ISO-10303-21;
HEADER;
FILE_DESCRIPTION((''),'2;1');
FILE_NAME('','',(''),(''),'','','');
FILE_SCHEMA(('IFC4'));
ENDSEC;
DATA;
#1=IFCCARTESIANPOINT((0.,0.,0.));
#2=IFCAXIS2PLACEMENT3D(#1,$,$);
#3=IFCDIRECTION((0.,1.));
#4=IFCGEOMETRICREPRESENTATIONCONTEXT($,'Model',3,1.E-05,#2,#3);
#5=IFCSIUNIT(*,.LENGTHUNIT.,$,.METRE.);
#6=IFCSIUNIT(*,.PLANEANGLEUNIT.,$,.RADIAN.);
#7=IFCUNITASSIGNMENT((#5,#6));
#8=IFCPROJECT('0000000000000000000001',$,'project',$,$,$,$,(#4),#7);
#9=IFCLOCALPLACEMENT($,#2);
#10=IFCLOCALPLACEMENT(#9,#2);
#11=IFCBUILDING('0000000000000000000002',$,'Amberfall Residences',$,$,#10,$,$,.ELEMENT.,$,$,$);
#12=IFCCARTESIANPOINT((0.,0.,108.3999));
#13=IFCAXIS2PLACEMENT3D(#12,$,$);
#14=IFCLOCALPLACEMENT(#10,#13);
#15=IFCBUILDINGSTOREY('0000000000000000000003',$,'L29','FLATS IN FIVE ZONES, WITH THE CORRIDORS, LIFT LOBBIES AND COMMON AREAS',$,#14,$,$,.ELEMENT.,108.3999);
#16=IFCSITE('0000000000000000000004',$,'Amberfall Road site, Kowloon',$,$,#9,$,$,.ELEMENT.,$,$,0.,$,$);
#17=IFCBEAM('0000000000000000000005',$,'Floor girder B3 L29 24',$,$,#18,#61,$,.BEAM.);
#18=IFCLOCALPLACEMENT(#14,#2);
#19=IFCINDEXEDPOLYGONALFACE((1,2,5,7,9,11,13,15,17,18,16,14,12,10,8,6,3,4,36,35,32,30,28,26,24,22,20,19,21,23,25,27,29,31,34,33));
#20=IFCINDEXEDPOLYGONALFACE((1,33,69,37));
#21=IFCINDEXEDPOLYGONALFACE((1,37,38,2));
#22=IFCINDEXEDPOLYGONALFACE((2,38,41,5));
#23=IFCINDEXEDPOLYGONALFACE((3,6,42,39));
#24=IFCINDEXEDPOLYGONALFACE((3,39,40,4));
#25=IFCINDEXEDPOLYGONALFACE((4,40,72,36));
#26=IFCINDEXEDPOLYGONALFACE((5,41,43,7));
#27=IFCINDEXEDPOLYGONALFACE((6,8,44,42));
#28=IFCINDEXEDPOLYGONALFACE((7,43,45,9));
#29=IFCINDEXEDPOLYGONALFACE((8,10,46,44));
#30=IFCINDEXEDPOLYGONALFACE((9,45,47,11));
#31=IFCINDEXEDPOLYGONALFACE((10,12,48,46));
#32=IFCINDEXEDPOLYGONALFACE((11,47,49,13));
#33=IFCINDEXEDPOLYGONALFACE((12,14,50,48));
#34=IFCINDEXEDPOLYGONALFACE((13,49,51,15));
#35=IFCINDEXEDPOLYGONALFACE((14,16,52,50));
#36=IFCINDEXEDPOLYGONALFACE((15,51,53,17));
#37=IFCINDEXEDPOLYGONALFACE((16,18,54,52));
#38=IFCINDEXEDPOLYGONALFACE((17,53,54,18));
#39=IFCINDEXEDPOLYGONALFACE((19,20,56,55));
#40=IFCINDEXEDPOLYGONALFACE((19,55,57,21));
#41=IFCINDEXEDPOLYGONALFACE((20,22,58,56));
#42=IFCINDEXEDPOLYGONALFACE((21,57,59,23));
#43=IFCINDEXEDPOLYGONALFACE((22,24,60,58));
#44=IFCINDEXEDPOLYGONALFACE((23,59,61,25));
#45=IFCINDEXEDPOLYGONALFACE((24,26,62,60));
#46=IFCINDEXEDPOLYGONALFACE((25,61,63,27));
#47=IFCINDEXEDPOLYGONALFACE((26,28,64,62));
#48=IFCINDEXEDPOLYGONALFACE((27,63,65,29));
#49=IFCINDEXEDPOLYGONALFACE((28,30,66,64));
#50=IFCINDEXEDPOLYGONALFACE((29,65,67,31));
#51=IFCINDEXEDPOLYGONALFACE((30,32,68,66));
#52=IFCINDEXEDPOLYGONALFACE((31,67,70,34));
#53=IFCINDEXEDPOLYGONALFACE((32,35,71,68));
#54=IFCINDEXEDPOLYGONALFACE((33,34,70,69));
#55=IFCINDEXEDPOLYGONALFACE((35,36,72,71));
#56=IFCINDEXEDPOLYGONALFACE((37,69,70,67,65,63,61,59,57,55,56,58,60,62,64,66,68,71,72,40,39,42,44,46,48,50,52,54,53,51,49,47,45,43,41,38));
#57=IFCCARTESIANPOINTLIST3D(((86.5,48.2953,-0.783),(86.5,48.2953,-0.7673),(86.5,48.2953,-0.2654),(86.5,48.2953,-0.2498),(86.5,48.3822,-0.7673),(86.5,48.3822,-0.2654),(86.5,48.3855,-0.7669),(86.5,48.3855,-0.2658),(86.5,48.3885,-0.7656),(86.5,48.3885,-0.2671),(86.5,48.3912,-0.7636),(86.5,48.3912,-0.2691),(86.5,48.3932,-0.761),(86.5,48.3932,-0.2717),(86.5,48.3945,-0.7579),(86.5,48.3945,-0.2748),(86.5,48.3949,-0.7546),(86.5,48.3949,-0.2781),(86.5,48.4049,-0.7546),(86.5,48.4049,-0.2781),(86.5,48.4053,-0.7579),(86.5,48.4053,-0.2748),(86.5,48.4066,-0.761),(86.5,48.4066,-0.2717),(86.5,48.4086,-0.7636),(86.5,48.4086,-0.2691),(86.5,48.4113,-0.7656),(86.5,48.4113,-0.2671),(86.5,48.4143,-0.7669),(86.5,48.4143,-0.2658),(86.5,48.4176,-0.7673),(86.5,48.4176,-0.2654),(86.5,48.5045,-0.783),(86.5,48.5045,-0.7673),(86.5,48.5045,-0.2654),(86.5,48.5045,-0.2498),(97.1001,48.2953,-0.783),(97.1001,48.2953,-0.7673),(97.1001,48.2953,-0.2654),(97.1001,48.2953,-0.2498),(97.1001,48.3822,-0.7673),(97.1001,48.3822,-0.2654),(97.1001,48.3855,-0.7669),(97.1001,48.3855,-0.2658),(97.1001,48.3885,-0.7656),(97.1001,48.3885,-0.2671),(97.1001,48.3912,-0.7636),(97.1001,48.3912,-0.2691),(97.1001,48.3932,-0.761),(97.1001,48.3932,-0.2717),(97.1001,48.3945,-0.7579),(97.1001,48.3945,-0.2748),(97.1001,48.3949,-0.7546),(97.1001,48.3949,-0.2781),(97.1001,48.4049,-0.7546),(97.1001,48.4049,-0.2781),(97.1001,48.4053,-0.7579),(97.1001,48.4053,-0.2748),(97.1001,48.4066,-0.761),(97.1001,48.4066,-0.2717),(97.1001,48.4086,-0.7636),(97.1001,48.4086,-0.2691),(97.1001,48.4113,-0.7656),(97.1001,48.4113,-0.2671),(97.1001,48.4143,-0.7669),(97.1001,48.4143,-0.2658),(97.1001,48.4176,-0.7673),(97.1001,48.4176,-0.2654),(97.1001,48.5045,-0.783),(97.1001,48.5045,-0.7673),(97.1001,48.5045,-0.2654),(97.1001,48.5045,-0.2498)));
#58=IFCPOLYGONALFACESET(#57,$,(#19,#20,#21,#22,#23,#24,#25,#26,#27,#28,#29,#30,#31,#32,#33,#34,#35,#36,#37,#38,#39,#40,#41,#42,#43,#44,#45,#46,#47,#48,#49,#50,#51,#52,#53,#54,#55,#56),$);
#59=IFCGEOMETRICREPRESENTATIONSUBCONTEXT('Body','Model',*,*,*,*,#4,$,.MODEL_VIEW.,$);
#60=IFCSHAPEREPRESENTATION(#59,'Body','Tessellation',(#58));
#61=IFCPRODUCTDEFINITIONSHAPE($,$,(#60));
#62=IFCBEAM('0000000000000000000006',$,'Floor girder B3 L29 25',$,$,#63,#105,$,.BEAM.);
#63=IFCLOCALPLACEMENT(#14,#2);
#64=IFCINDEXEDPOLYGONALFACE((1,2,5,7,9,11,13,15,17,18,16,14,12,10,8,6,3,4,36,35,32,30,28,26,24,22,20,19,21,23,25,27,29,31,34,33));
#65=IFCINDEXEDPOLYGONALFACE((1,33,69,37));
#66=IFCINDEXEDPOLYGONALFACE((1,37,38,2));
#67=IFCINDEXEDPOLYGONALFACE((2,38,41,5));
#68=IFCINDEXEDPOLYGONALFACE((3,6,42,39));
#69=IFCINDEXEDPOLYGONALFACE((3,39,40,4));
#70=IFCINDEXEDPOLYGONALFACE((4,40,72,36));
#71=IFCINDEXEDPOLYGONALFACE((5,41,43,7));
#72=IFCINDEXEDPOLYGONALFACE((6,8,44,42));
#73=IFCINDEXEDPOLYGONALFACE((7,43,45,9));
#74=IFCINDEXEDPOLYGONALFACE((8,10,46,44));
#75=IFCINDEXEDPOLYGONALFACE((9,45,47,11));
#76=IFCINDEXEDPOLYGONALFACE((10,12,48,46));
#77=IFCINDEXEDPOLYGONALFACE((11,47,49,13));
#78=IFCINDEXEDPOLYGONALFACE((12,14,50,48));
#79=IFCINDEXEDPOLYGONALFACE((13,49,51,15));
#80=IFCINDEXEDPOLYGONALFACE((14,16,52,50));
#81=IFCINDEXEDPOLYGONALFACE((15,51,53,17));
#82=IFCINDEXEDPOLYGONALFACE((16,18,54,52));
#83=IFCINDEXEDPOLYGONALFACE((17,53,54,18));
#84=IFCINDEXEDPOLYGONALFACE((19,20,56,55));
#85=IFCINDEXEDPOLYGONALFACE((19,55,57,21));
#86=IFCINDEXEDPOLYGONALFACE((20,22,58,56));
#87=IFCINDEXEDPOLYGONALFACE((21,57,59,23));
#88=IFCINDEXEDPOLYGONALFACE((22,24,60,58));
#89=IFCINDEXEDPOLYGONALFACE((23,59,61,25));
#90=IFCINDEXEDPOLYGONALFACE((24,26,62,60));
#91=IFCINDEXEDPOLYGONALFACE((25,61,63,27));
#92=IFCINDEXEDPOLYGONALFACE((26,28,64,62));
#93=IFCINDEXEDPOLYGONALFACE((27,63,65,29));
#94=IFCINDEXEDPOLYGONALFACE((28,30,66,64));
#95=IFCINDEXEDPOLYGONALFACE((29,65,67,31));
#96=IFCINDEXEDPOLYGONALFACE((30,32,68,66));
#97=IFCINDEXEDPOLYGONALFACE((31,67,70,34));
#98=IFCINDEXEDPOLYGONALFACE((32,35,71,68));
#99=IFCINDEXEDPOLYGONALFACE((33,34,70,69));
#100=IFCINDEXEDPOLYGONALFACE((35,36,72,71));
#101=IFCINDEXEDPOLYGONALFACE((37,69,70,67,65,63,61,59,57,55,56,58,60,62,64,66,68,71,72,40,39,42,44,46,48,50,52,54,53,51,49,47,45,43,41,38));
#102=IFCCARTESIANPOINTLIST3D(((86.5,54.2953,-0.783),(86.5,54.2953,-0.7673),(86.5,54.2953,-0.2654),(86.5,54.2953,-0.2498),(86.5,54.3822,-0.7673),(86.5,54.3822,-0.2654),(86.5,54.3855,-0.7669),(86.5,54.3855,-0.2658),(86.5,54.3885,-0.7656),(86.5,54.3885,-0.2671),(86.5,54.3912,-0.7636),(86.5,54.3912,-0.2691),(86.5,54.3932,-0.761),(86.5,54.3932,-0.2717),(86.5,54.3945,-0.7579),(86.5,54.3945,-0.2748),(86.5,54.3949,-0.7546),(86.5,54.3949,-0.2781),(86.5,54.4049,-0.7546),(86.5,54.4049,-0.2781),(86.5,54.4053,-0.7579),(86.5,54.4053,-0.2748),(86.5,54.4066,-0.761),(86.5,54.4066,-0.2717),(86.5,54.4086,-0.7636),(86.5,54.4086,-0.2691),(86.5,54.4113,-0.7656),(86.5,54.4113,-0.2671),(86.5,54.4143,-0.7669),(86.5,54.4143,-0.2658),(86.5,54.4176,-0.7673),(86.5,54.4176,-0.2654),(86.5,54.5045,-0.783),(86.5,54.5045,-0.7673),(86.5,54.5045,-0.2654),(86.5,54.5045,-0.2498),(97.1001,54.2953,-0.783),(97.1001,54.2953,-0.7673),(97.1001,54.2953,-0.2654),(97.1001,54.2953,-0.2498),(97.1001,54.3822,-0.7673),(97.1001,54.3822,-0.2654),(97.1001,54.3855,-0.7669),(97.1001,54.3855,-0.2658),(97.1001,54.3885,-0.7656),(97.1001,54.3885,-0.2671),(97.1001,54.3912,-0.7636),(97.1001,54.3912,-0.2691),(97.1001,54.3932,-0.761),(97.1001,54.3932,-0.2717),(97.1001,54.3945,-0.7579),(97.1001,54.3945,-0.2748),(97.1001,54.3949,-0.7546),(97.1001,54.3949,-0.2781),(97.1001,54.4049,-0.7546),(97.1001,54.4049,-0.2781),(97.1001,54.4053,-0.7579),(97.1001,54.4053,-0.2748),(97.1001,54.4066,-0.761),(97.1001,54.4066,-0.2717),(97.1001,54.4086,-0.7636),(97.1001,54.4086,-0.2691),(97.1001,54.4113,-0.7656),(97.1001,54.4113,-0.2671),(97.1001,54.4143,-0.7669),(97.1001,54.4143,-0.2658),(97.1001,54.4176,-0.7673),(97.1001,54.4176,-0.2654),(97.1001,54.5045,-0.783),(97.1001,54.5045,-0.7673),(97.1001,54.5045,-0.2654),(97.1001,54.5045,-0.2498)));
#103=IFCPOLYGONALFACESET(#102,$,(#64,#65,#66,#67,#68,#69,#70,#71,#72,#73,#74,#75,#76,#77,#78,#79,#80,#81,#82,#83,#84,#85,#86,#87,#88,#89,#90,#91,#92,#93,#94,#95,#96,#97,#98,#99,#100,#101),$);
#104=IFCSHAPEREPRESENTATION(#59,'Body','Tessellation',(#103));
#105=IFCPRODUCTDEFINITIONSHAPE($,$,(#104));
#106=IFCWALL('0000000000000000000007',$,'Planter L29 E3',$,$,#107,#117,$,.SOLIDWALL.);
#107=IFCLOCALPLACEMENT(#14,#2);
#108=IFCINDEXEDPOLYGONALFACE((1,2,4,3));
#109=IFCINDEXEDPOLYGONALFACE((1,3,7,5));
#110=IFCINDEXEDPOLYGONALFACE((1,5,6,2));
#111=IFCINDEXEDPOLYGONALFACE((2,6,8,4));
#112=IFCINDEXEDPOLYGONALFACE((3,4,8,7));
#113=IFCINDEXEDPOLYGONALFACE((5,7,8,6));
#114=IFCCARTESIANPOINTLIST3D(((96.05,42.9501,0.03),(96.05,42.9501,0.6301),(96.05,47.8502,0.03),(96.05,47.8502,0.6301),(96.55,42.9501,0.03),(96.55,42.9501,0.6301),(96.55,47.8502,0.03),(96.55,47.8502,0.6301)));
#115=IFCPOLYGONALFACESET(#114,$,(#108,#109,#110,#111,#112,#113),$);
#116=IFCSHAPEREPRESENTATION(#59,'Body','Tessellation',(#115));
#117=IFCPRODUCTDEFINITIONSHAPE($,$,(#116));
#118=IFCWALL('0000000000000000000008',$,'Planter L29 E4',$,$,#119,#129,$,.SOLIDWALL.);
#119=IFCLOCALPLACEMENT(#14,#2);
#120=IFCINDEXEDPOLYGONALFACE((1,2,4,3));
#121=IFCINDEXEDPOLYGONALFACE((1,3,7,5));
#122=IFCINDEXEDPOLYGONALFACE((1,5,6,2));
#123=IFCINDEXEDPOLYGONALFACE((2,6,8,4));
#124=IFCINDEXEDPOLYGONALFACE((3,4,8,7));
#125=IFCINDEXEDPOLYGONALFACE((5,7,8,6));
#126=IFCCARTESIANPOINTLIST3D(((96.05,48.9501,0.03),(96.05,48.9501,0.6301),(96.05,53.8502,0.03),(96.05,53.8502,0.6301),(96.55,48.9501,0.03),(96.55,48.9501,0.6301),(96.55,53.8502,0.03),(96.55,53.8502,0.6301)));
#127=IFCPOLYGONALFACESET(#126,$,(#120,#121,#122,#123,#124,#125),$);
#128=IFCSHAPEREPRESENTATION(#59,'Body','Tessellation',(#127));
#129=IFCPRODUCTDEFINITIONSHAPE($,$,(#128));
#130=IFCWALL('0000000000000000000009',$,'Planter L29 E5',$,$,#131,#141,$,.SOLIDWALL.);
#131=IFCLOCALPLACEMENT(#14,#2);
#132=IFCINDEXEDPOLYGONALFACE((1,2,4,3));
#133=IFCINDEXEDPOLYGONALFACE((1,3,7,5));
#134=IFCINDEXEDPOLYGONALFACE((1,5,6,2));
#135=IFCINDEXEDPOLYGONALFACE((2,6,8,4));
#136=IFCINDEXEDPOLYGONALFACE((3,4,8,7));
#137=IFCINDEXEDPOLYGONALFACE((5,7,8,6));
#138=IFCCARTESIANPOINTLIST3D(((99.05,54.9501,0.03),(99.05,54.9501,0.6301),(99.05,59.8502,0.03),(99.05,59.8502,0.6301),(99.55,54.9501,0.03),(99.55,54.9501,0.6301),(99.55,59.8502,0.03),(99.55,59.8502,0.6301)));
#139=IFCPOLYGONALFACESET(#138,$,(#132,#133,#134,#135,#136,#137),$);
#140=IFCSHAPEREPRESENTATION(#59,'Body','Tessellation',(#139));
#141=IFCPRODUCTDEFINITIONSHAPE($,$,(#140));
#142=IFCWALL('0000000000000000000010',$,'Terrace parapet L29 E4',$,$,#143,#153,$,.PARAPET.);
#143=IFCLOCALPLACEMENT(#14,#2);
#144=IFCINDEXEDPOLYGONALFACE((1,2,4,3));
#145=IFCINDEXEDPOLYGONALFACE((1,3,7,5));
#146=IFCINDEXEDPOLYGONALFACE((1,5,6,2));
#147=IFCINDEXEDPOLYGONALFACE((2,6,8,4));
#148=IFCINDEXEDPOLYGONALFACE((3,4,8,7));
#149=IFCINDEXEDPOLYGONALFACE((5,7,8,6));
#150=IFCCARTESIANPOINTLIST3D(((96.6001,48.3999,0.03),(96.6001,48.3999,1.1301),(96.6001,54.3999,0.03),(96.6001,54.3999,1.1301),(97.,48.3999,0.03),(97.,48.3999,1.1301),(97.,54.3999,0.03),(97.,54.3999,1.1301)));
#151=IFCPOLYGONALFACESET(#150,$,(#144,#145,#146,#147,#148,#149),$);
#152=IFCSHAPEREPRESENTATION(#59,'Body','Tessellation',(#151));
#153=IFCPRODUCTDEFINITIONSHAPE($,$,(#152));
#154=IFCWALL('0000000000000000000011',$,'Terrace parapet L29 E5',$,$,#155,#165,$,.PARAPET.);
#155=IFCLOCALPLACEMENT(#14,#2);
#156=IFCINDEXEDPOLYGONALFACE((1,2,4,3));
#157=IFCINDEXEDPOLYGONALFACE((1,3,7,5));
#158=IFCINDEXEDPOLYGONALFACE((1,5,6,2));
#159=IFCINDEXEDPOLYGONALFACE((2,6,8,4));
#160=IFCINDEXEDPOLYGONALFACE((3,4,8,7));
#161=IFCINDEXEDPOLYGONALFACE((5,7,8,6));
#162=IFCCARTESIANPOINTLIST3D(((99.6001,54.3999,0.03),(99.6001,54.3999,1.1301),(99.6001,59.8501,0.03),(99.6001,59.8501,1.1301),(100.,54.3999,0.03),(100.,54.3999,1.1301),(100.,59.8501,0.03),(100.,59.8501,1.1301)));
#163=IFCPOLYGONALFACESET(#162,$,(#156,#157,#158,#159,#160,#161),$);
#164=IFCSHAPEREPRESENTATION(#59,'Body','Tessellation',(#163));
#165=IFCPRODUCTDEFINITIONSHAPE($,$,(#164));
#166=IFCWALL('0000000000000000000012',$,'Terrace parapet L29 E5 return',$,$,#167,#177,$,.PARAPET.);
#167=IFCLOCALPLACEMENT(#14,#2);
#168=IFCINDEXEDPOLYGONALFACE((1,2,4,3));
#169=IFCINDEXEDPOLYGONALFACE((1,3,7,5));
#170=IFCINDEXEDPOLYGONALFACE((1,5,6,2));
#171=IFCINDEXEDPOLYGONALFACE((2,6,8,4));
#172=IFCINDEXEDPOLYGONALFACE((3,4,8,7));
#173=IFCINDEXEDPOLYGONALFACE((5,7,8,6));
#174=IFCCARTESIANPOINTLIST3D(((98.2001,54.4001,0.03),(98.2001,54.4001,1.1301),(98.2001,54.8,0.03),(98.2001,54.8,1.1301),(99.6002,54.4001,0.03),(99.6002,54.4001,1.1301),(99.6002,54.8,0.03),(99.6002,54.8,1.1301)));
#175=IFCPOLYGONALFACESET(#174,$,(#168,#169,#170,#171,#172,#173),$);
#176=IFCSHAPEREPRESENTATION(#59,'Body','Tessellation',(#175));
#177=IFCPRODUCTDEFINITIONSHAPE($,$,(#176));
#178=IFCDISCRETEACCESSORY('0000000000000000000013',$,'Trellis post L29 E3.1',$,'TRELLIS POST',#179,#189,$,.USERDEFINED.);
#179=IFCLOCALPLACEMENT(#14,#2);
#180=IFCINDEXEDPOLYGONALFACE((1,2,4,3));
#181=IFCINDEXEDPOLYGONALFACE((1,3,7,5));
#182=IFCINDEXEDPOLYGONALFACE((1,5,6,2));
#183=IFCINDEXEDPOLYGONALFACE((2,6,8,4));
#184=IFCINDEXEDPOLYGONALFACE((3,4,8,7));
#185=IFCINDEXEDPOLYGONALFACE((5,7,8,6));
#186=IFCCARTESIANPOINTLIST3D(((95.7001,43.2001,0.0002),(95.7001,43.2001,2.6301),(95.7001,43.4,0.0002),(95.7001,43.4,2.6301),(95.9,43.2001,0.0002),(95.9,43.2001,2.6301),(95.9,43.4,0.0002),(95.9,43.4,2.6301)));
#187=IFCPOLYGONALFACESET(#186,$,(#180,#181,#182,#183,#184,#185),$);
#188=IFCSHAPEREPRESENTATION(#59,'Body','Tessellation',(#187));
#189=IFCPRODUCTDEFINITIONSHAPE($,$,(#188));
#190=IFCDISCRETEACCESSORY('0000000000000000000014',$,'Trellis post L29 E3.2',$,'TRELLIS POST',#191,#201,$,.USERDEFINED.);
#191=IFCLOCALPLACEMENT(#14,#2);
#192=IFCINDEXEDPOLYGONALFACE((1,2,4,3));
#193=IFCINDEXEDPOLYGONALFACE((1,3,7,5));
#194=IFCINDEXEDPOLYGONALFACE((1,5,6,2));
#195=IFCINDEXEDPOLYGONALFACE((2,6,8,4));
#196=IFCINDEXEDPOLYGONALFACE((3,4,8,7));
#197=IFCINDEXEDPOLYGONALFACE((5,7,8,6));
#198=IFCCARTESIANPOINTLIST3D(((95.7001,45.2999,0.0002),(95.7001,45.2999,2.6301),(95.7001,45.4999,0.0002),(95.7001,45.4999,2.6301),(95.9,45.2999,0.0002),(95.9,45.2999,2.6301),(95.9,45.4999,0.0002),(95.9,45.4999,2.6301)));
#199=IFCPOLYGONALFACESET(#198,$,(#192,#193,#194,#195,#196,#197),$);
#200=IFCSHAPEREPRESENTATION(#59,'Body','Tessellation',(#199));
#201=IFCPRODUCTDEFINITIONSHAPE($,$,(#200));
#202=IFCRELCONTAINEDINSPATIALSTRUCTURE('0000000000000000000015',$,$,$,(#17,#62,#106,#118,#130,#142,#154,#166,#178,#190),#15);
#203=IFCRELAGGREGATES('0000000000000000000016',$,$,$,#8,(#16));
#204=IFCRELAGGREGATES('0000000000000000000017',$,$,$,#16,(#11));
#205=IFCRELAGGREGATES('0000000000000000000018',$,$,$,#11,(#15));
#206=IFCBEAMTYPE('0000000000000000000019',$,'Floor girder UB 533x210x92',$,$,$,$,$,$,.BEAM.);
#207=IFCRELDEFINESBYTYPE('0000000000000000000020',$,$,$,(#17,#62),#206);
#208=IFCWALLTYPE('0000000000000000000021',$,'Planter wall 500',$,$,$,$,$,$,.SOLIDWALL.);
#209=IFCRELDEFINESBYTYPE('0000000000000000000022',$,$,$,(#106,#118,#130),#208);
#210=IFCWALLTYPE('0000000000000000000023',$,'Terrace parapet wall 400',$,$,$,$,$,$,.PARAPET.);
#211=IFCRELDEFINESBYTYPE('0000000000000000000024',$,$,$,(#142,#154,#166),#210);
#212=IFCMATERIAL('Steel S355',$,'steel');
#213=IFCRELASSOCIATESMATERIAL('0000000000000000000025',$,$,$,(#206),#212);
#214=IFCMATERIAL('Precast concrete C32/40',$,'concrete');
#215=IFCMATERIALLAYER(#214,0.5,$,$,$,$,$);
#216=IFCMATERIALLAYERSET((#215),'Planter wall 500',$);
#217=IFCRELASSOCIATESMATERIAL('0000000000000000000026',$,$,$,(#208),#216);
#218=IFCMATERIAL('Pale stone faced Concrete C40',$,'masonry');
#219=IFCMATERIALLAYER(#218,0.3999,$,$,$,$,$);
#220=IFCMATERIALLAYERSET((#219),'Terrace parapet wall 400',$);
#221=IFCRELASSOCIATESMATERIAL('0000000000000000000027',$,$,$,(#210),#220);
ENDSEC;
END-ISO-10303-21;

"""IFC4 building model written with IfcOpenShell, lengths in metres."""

from ifc_helpers import new_model, si_unit, direction, frame, frame_2d, origin, origin_2d, place, context, subcontext, project, spatial, rectangle, i_section, extrude, material, layer, layer_set, material_profile, profile_set, type_object, element, save


model = new_model("IFC4")

# Units and contexts
model_context = context("Model", 3, precision=1e-05, world=origin(), true_north=direction((0.0, 1.0)))
body_context = subcontext(model_context, "Body", "Model", "MODEL_VIEW")
ifc_project = project(units=[si_unit("LENGTHUNIT", "METRE"), si_unit("PLANEANGLEUNIT", "RADIAN")], contexts=[model_context])

# Site, building, storey
site_placement = place(None, origin())
site = spatial("IfcSite", under=ifc_project, at=site_placement, Name="Amberfall Road site, Kowloon", CompositionType="ELEMENT", RefElevation=0.0)
building_placement = place(site_placement, origin())
building = spatial("IfcBuilding", under=site, at=building_placement, Name="Amberfall Residences", CompositionType="ELEMENT")
storey_placement = place(building_placement, frame((0.0, 0.0, 108.3999)))
storey = spatial("IfcBuildingStorey", under=building, at=storey_placement, Name="L29", Description="FLATS IN FIVE ZONES, WITH THE CORRIDORS, LIFT LOBBIES AND COMMON AREAS", CompositionType="ELEMENT", Elevation=108.3999)

# Beams
ifc_material_1 = material(Name="Steel S355", Category="steel")
ifc_material_profile_1 = material_profile(ifc_material_1, i_section(OverallWidth=0.2092, OverallDepth=0.5332, WebThickness=0.01, FlangeThickness=0.0156, FilletRadius=0.0127, at=origin_2d()), Name="UB 533x210x92")
ifc_profile_set_1 = profile_set([ifc_material_profile_1], Name="Steel S355")
beam_type_1 = type_object("IfcBeamType", Name="Floor girder UB 533x210x92", PredefinedType="BEAM", material=ifc_profile_set_1)
for number, where, z_axis, x_axis, name in (
    (1, (97.1001, 48.3999, -0.5164), (-1.0, 0.0, 0.0), (0.0, -1.0, 0.0), "Floor girder B3 L29 24"),
    (2, (97.1001, 54.3999, -0.5164), (-1.0, 0.0, 0.0), (0.0, -1.0, 0.0), "Floor girder B3 L29 25"),
):
    element("IfcBeam", number, at=place(storey_placement, frame(where, z_axis=z_axis, x_axis=x_axis)), inside=storey, type_object=beam_type_1, Name=name, PredefinedType="BEAM", context=body_context, shape_type="SweptSolid", body=[
        extrude(i_section(OverallWidth=0.2092, OverallDepth=0.5332, WebThickness=0.01, FlangeThickness=0.0156, FilletRadius=0.0127, at=origin_2d()), origin(), (0.0, 0.0, 1.0), 10.6001),
    ])

# Walls
ifc_material_2 = material(Name="Precast concrete C32/40", Category="concrete")
ifc_layer_1 = layer(ifc_material_2, 0.5)
ifc_layer_set_1 = layer_set([ifc_layer_1], Name="Planter wall 500")
wall_type_1 = type_object("IfcWallType", Name="Planter wall 500", PredefinedType="SOLIDWALL", material=ifc_layer_set_1)
for number, where, z_axis, x_axis, name in (
    (3, (96.3, 42.95, 0.03), (0.0, 0.0, 1.0), (0.0, 1.0, 0.0), "Planter L29 E3"),
    (4, (96.3, 48.95, 0.03), (0.0, 0.0, 1.0), (0.0, 1.0, 0.0), "Planter L29 E4"),
    (5, (99.3, 54.95, 0.03), (0.0, 0.0, 1.0), (0.0, 1.0, 0.0), "Planter L29 E5"),
):
    element("IfcWall", number, at=place(storey_placement, frame(where, z_axis=z_axis, x_axis=x_axis)), inside=storey, type_object=wall_type_1, Name=name, PredefinedType="SOLIDWALL", context=body_context, shape_type="SweptSolid", body=[
        extrude(rectangle(XDim=4.9001, YDim=0.5, at=frame_2d((2.4502, 0.0))), origin(), (0.0, 0.0, 1.0), 0.6001),
    ])
ifc_material_3 = material(Name="Pale stone faced Concrete C40", Category="masonry")
ifc_layer_2 = layer(ifc_material_3, 0.3999)
ifc_layer_set_2 = layer_set([ifc_layer_2], Name="Terrace parapet wall 400")
wall_type_2 = type_object("IfcWallType", Name="Terrace parapet wall 400", PredefinedType="PARAPET", material=ifc_layer_set_2)
wall_1_placement = place(storey_placement, frame((96.8, 48.3999, 0.03), z_axis=(0.0, 0.0, 1.0), x_axis=(0.0, 1.0, 0.0)))
element("IfcWall", 6, at=wall_1_placement, inside=storey, type_object=wall_type_2, Name="Terrace parapet L29 E4", PredefinedType="PARAPET", context=body_context, shape_type="SweptSolid", body=[
    extrude(rectangle(XDim=6.0, YDim=0.3999, at=frame_2d((3.0, 0.0))), origin(), (0.0, 0.0, 1.0), 1.1001),
])
wall_2_placement = place(storey_placement, frame((99.8, 54.3999, 0.03), z_axis=(0.0, 0.0, 1.0), x_axis=(0.0, 1.0, 0.0)))
element("IfcWall", 7, at=wall_2_placement, inside=storey, type_object=wall_type_2, Name="Terrace parapet L29 E5", PredefinedType="PARAPET", context=body_context, shape_type="SweptSolid", body=[
    extrude(rectangle(XDim=5.4502, YDim=0.3999, at=frame_2d((2.7251, 0.0))), origin(), (0.0, 0.0, 1.0), 1.1001),
])
wall_3_placement = place(storey_placement, frame((98.2, 54.6001, 0.03), z_axis=(0.0, 0.0, 1.0), x_axis=(1.0, 0.0, 0.0)))
element("IfcWall", 8, at=wall_3_placement, inside=storey, type_object=wall_type_2, Name="Terrace parapet L29 E5 return", PredefinedType="PARAPET", context=body_context, shape_type="SweptSolid", body=[
    extrude(rectangle(XDim=1.4001, YDim=0.3999, at=frame_2d((0.7002, 0.0))), origin(), (0.0, 0.0, 1.0), 1.1001),
])

# Discrete accessories
for number, where, z_axis, x_axis, name in (
    (9, (95.8, 43.3, 0.0002), (0.0, 0.0, 1.0), (1.0, 0.0, 0.0), "Trellis post L29 E3.1"),
    (10, (95.8, 45.3999, 0.0002), (0.0, 0.0, 1.0), (1.0, 0.0, 0.0), "Trellis post L29 E3.2"),
):
    element("IfcDiscreteAccessory", number, at=place(storey_placement, frame(where, z_axis=z_axis, x_axis=x_axis)), inside=storey, Name=name, ObjectType="TRELLIS POST", PredefinedType="USERDEFINED", context=body_context, shape_type="SweptSolid", body=[
        extrude(rectangle(XDim=0.2, YDim=0.2, at=origin_2d()), origin(), (0.0, 0.0, 1.0), 2.6299),
    ])

save(model, "model.ifc")
